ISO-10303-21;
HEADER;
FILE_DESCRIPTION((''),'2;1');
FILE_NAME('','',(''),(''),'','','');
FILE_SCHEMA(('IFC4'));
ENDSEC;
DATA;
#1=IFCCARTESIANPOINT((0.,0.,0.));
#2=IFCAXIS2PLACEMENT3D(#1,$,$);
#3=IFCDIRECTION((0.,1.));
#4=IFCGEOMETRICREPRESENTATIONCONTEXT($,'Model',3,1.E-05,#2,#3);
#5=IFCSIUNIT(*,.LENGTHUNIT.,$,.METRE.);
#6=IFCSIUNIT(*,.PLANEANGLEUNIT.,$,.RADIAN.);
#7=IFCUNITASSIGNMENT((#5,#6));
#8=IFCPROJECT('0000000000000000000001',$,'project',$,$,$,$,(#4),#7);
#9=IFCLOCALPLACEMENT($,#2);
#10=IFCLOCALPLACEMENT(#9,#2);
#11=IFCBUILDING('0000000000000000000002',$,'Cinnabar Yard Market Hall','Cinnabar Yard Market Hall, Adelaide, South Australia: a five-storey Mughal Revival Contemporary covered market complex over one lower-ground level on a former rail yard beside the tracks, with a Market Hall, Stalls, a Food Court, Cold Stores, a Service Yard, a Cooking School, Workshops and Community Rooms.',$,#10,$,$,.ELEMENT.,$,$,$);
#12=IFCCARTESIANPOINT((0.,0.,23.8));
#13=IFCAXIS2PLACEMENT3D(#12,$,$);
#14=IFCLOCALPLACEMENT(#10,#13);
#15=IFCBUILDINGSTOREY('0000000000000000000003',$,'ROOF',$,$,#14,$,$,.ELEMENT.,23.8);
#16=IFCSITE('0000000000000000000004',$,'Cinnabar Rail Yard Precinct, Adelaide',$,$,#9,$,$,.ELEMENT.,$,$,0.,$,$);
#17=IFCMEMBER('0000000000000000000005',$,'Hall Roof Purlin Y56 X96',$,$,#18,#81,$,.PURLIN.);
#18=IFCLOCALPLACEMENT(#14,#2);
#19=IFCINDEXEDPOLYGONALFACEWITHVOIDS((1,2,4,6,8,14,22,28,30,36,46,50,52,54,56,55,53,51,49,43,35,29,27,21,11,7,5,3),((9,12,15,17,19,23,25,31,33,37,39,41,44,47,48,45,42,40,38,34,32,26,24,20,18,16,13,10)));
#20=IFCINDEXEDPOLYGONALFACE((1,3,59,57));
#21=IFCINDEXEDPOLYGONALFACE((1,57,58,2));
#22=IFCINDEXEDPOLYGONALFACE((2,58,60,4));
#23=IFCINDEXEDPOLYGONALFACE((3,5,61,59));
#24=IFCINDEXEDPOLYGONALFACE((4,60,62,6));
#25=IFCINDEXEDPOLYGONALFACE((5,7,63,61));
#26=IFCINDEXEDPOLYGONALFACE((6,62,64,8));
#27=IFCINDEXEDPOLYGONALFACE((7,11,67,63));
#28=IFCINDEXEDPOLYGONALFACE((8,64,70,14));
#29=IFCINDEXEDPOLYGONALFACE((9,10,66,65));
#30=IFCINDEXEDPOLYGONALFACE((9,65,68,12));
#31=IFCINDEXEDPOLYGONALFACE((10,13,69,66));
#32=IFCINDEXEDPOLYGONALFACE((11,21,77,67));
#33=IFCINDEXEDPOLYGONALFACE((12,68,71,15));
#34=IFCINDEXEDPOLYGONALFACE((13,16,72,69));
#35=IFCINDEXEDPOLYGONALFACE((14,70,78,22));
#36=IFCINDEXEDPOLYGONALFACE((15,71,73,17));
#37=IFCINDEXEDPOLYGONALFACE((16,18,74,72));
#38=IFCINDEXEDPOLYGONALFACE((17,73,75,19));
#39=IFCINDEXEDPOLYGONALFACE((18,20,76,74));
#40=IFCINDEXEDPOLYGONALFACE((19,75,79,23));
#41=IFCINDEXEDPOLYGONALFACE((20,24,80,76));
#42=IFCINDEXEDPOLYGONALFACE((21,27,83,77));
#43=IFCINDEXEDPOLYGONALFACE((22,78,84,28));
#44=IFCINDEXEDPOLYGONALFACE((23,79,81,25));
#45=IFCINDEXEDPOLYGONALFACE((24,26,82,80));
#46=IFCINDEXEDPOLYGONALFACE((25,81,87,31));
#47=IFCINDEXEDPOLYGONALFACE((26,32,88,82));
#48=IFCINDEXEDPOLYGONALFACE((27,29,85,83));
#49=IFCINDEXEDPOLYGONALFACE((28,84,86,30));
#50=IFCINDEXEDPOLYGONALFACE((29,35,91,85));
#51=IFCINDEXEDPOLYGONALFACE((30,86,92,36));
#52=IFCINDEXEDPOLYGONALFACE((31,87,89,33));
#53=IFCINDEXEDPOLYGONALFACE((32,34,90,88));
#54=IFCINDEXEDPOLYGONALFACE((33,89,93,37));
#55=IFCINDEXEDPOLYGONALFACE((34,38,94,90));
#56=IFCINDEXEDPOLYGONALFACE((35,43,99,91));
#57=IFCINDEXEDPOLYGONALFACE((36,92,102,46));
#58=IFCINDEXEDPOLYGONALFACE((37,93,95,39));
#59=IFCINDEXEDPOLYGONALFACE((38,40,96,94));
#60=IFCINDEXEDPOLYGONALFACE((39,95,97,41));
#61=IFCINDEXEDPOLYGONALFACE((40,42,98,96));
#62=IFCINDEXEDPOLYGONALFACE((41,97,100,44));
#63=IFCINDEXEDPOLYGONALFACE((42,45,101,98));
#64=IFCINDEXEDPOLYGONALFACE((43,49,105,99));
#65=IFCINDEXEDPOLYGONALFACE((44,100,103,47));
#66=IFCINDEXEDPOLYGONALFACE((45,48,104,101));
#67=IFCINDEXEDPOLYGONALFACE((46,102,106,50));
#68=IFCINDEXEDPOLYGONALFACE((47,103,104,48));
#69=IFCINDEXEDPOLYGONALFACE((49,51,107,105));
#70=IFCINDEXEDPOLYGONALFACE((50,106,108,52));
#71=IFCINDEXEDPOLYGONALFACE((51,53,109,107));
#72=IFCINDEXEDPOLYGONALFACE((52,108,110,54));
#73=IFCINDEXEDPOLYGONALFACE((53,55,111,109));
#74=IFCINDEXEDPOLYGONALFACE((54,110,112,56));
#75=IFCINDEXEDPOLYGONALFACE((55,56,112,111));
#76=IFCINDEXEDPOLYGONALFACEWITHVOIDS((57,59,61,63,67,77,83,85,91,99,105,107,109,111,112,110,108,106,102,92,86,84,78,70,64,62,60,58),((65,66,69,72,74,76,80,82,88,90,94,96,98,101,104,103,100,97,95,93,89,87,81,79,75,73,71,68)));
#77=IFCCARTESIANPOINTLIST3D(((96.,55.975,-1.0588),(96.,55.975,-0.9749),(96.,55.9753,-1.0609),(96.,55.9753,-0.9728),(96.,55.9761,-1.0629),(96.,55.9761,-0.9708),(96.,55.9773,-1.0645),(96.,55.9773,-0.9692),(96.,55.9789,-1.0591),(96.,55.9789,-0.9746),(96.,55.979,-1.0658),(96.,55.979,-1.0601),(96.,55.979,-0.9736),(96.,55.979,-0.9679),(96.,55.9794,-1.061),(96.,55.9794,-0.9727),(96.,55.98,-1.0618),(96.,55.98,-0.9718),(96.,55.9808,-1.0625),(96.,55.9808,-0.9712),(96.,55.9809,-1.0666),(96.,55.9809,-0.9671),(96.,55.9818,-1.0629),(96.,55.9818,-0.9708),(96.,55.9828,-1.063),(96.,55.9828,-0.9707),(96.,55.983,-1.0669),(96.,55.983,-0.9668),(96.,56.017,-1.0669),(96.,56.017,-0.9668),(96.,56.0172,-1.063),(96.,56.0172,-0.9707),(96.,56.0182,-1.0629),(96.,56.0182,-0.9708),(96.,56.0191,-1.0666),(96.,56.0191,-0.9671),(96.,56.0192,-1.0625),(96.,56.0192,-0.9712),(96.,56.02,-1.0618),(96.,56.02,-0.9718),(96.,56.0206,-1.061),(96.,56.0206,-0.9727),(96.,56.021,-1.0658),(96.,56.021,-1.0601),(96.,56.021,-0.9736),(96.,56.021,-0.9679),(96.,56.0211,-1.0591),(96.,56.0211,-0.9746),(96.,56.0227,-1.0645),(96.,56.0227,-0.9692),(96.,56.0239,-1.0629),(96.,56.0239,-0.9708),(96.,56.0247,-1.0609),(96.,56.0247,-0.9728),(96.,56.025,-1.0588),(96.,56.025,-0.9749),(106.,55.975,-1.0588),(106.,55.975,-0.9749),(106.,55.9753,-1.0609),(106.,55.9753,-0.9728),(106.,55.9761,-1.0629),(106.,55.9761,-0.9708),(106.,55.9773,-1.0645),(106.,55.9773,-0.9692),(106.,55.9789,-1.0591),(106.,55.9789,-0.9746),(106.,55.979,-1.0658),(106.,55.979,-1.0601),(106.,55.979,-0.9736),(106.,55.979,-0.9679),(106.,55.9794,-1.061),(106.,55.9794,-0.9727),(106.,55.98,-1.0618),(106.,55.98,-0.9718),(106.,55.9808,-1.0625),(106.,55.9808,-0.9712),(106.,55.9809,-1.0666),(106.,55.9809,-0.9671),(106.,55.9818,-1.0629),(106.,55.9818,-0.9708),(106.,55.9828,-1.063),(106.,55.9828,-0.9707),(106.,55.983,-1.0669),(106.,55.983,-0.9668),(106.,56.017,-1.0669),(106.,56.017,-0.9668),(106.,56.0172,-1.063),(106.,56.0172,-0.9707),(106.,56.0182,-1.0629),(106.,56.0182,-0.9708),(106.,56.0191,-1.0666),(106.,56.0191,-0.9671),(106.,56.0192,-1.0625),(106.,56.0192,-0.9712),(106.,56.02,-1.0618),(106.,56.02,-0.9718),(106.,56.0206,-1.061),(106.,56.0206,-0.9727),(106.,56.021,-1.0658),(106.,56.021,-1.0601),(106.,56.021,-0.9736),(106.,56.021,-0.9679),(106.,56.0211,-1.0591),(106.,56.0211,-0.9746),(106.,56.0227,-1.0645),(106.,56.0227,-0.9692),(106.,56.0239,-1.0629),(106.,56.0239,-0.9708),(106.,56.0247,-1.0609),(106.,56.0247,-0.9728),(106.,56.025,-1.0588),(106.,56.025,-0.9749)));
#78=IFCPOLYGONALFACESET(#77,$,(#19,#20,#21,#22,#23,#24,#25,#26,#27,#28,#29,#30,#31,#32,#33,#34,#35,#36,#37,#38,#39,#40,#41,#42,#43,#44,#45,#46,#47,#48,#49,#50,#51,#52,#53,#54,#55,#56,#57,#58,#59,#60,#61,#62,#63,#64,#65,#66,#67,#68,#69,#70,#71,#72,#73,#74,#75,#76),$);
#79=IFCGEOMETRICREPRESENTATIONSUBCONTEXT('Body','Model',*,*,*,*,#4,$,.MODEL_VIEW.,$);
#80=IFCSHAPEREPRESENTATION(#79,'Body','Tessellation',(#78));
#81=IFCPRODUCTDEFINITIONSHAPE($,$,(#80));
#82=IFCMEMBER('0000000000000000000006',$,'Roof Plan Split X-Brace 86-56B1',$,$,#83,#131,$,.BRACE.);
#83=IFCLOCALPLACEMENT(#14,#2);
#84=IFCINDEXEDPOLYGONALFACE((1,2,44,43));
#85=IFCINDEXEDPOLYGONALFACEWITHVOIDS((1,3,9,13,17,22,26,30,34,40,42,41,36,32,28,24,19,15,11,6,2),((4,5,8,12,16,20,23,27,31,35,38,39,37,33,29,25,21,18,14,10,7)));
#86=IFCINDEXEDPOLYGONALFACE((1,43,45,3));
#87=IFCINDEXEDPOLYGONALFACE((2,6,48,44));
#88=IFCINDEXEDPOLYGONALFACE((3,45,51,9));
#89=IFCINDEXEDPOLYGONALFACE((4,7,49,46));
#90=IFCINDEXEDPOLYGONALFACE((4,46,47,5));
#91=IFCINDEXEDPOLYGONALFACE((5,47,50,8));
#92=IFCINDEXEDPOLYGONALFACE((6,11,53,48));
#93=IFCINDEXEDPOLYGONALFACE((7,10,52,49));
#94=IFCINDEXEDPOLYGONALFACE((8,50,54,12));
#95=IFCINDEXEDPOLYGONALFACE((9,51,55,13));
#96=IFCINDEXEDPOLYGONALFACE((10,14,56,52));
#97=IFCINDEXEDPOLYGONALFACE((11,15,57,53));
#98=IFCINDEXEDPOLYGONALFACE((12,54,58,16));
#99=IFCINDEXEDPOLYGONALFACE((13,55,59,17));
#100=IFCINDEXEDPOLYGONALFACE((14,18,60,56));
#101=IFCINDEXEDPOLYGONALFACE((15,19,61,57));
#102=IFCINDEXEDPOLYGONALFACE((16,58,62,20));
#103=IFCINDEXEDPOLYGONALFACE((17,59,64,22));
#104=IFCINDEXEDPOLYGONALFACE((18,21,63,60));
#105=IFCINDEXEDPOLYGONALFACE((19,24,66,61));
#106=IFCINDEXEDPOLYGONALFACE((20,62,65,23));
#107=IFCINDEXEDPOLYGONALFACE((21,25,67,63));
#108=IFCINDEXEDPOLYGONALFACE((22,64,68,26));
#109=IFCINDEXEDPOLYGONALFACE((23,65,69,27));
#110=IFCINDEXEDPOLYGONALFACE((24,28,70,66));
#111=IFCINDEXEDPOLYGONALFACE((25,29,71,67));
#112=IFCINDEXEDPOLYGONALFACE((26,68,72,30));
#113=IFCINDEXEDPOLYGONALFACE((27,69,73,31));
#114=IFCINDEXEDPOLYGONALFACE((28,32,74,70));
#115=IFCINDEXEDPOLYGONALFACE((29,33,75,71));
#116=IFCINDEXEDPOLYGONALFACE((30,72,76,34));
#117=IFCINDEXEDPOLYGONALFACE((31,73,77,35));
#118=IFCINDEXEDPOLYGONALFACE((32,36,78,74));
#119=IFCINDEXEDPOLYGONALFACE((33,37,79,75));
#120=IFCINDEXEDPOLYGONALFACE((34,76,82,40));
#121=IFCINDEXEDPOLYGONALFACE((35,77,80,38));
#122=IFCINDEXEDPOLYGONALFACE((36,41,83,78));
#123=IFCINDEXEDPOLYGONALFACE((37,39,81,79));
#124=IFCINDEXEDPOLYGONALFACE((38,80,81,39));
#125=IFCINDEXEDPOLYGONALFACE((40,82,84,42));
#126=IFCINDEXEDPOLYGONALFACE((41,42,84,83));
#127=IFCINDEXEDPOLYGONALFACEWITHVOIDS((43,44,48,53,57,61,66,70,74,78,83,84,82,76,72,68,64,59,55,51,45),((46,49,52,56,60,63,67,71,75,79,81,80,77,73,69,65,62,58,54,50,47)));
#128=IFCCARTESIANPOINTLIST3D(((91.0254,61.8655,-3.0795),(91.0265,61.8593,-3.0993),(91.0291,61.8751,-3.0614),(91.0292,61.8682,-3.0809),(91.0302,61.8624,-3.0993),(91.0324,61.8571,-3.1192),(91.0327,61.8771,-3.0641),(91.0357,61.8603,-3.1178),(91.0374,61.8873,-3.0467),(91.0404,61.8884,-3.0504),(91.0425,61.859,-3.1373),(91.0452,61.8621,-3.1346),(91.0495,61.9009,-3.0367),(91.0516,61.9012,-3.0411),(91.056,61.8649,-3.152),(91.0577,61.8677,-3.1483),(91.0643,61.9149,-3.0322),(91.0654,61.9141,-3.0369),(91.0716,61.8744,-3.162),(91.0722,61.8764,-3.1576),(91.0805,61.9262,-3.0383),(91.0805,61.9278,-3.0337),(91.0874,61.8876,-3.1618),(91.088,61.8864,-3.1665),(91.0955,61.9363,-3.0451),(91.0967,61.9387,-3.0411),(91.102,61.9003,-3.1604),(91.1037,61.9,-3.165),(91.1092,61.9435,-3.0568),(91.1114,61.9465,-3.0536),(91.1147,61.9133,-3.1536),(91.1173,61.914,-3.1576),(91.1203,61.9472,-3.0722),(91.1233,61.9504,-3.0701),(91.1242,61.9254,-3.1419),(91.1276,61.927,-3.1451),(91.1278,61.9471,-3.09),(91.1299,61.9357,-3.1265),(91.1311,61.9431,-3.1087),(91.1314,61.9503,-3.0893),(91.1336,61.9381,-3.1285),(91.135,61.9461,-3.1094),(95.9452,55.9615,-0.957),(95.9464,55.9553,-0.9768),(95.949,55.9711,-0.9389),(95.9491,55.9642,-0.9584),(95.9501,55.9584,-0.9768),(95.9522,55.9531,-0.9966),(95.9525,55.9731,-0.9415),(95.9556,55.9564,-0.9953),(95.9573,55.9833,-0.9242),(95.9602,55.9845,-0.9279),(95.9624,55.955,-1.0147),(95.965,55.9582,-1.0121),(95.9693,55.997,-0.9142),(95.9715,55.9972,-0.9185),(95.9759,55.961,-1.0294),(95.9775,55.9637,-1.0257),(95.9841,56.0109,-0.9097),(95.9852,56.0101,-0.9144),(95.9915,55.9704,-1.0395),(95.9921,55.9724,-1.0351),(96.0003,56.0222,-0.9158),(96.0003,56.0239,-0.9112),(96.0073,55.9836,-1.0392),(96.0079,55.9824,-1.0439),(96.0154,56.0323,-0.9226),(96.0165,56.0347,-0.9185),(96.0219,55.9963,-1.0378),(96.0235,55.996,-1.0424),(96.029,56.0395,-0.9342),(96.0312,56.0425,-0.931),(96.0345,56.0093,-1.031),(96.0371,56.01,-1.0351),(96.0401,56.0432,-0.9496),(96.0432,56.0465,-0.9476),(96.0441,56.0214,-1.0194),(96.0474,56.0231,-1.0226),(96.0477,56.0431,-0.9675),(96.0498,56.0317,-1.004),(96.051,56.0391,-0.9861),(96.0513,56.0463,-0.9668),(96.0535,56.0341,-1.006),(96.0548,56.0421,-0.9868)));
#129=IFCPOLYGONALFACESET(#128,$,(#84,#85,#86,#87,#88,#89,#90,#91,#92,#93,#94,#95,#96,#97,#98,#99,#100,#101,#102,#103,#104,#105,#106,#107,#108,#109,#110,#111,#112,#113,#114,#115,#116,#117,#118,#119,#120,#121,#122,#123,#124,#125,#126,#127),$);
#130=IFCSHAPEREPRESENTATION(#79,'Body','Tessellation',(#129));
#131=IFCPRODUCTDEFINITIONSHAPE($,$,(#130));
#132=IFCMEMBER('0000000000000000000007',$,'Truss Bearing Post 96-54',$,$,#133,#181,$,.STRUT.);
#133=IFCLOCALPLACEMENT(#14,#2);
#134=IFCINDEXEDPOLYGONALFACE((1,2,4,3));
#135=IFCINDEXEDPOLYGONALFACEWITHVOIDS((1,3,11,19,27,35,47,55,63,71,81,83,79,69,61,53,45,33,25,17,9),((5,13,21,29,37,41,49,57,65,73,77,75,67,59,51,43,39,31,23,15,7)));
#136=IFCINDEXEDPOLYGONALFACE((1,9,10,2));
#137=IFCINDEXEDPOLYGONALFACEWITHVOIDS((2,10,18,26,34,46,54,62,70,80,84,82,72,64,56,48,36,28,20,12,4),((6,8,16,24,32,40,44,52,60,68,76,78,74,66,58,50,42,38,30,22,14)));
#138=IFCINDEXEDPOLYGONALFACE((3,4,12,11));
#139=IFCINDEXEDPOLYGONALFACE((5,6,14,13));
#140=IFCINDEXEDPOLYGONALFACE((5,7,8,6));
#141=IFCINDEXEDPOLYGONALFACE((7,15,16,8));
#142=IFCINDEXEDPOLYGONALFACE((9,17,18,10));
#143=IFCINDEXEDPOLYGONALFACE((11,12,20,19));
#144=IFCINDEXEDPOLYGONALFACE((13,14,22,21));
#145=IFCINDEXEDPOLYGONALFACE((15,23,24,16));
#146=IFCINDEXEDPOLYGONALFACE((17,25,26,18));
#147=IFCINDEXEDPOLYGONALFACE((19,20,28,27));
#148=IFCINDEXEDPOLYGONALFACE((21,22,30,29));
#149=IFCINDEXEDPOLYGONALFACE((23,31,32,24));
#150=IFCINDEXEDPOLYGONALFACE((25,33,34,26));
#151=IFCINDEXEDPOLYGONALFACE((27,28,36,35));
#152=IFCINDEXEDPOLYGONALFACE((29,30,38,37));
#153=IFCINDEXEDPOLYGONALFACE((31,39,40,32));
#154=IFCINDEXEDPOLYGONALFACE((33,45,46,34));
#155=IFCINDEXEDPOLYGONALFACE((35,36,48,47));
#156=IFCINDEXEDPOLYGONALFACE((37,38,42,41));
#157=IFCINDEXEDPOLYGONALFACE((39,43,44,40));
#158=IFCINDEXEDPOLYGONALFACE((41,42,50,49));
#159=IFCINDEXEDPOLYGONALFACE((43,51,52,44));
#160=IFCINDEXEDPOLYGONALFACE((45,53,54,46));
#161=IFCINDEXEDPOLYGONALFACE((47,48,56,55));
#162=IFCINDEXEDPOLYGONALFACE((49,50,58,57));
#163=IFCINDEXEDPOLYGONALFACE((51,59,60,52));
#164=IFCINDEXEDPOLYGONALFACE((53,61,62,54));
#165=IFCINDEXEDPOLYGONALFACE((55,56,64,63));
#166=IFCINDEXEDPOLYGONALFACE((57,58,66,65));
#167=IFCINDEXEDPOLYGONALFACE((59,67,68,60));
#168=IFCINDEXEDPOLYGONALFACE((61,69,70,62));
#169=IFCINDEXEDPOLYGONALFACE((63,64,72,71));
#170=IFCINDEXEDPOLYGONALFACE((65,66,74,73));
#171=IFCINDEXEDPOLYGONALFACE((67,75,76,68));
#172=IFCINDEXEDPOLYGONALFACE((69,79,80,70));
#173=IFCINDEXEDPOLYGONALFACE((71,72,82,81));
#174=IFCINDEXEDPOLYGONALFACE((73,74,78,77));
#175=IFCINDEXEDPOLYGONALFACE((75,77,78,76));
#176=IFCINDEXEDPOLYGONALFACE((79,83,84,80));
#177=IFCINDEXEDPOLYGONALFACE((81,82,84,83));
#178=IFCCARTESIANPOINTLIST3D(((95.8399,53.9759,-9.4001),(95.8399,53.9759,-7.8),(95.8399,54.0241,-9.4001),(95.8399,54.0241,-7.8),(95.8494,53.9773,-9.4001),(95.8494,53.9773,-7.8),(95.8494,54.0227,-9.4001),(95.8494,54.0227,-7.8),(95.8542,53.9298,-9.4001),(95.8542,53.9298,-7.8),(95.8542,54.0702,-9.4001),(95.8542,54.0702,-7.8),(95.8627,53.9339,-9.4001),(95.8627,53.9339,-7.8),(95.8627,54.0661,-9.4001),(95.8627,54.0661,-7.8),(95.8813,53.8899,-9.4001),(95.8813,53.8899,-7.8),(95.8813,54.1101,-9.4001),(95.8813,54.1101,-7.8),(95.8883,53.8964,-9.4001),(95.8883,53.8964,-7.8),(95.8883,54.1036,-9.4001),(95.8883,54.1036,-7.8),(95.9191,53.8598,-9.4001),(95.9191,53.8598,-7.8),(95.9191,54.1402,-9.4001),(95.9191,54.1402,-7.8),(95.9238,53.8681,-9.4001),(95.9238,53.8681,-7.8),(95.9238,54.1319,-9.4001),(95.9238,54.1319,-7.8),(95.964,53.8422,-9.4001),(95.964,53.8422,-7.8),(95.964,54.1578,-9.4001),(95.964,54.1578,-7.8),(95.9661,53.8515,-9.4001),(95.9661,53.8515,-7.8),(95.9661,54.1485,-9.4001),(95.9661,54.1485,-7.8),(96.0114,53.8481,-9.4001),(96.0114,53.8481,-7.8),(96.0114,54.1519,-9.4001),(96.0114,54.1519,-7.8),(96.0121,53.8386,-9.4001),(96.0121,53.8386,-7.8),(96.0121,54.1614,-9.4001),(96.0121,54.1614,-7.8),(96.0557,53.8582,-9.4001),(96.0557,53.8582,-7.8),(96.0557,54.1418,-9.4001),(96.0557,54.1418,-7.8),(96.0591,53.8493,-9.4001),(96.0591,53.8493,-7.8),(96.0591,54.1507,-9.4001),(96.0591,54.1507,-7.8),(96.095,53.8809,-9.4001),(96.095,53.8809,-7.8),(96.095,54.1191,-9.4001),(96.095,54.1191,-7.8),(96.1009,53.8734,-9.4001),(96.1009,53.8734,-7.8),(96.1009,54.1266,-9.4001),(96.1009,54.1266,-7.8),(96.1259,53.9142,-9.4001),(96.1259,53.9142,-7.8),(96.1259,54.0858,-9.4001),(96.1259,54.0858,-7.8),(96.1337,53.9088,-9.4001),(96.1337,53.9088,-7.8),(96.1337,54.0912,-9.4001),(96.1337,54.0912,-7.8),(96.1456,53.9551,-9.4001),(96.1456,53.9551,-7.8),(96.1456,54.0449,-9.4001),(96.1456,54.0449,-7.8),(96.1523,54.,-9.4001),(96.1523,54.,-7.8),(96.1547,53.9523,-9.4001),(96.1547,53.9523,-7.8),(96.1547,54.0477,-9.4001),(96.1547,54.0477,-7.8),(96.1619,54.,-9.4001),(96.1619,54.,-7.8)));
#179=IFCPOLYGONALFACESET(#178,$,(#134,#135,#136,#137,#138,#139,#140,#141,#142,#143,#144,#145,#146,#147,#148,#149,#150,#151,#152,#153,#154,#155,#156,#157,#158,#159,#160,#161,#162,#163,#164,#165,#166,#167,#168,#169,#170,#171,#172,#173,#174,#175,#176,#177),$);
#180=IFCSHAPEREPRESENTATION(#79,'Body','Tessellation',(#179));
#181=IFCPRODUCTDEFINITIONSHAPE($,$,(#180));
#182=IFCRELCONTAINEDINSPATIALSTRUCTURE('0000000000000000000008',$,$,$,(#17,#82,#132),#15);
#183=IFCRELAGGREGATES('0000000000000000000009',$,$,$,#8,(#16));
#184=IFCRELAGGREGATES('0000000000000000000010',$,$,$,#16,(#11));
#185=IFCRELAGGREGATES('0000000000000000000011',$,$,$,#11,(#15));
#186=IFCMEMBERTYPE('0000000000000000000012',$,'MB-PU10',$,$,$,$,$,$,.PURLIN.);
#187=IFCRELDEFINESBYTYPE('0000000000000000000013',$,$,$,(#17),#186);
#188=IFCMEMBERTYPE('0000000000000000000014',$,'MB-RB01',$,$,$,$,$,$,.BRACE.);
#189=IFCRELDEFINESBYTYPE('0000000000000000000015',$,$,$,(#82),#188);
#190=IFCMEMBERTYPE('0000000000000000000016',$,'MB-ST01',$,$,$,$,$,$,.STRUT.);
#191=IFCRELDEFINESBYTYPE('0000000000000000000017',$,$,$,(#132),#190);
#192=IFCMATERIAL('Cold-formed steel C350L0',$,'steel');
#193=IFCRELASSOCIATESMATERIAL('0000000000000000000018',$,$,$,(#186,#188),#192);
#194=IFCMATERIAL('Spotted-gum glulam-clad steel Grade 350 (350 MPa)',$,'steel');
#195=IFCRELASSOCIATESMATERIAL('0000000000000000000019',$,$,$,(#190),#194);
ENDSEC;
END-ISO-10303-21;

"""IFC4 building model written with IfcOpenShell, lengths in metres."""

from ifc_helpers import new_model, si_unit, direction, frame, origin, origin_2d_with_axis, place, context, subcontext, project, spatial, hollow_rectangle, hollow_circle, extrude, material, material_profile, profile_set, type_object, element, save


model = new_model("IFC4")

# Units and contexts
model_context = context("Model", 3, precision=1e-05, world=origin(), true_north=direction((0.0, 1.0)))
body_context = subcontext(model_context, "Body", "Model", "MODEL_VIEW")
ifc_project = project(units=[si_unit("LENGTHUNIT", "METRE"), si_unit("PLANEANGLEUNIT", "RADIAN")], contexts=[model_context])

# Site, building, storey
site_placement = place(None, origin())
site = spatial("IfcSite", under=ifc_project, at=site_placement, Name="Cinnabar Rail Yard Precinct, Adelaide", CompositionType="ELEMENT", RefElevation=0.0)
building_placement = place(site_placement, origin())
building = spatial("IfcBuilding", under=site, at=building_placement, Name="Cinnabar Yard Market Hall", Description="Cinnabar Yard Market Hall, Adelaide, South Australia: a five-storey Mughal Revival Contemporary covered market complex over one lower-ground level on a former rail yard beside the tracks, with a Market Hall, Stalls, a Food Court, Cold Stores, a Service Yard, a Cooking School, Workshops and Community Rooms.", CompositionType="ELEMENT")
storey_placement = place(building_placement, frame((0.0, 0.0, 23.8)))
storey = spatial("IfcBuildingStorey", under=building, at=storey_placement, Name="ROOF", CompositionType="ELEMENT", Elevation=23.8)

# Members
ifc_material_1 = material(Name="Cold-formed steel C350L0", Category="steel")
ifc_material_profile_1 = material_profile(ifc_material_1, hollow_rectangle(XDim=0.05, YDim=0.1001, WallThickness=0.0039, InnerFilletRadius=0.0039, OuterFilletRadius=0.0081, at=origin_2d_with_axis()), Name="100x50x4.0RHS")
ifc_profile_set_1 = profile_set([ifc_material_profile_1], Name="Cold-formed steel C350L0")
member_type_1 = type_object("IfcMemberType", Name="MB-PU10", PredefinedType="PURLIN", material=ifc_profile_set_1)
member_1_placement = place(storey_placement, frame((96.0, 56.0, -1.0168), z_axis=(1.0, 0.0, 0.0), x_axis=(0.0, 1.0, 0.0)))
element("IfcMember", 1, at=member_1_placement, inside=storey, type_object=member_type_1, Name="Hall Roof Purlin Y56 X96", PredefinedType="PURLIN", context=body_context, shape_type="SweptSolid", body=[
    extrude(hollow_rectangle(XDim=0.05, YDim=0.1001, WallThickness=0.0039, InnerFilletRadius=0.0039, OuterFilletRadius=0.0081, at=origin_2d_with_axis()), origin(), (0.0, 0.0, 1.0), 10.0),
])
ifc_material_profile_2 = material_profile(ifc_material_1, hollow_circle(Radius=0.0698, WallThickness=0.0049, at=origin_2d_with_axis()), Name="139.7x5.0CHS")
ifc_profile_set_2 = profile_set([ifc_material_profile_2], Name="Cold-formed steel C350L0")
member_type_2 = type_object("IfcMemberType", Name="MB-RB01", PredefinedType="BRACE", material=ifc_profile_set_2)
member_2_placement = place(storey_placement, frame((96.0, 56.0, -0.9768), z_axis=(-0.617073, 0.740506, -0.266218), x_axis=(-0.768229, -0.640175, 0.0)))
element("IfcMember", 2, at=member_2_placement, inside=storey, type_object=member_type_2, Name="Roof Plan Split X-Brace 86-56B1", PredefinedType="BRACE", context=body_context, shape_type="SweptSolid", body=[
    extrude(hollow_circle(Radius=0.0698, WallThickness=0.0049, at=origin_2d_with_axis()), origin(), (0.0, 0.0, 1.0), 7.9729),
])
ifc_material_2 = material(Name="Spotted-gum glulam-clad steel Grade 350 (350 MPa)", Category="steel")
ifc_material_profile_3 = material_profile(ifc_material_2, hollow_circle(Radius=0.1619, WallThickness=0.0095, at=origin_2d_with_axis()), Name="323.9x9.5CHS")
ifc_profile_set_3 = profile_set([ifc_material_profile_3], Name="Spotted-gum glulam-clad steel Grade 350 (350 MPa)")
member_type_3 = type_object("IfcMemberType", Name="MB-ST01", PredefinedType="STRUT", material=ifc_profile_set_3)
member_3_placement = place(storey_placement, frame((96.0, 54.0, -9.4001), z_axis=(0.0, 0.0, 1.0), x_axis=(1.0, 0.0, 0.0)))
element("IfcMember", 3, at=member_3_placement, inside=storey, type_object=member_type_3, Name="Truss Bearing Post 96-54", PredefinedType="STRUT", context=body_context, shape_type="SweptSolid", body=[
    extrude(hollow_circle(Radius=0.1619, WallThickness=0.0095, at=origin_2d_with_axis()), origin(), (0.0, 0.0, 1.0), 1.6001),
])

save(model, "model.ifc")
